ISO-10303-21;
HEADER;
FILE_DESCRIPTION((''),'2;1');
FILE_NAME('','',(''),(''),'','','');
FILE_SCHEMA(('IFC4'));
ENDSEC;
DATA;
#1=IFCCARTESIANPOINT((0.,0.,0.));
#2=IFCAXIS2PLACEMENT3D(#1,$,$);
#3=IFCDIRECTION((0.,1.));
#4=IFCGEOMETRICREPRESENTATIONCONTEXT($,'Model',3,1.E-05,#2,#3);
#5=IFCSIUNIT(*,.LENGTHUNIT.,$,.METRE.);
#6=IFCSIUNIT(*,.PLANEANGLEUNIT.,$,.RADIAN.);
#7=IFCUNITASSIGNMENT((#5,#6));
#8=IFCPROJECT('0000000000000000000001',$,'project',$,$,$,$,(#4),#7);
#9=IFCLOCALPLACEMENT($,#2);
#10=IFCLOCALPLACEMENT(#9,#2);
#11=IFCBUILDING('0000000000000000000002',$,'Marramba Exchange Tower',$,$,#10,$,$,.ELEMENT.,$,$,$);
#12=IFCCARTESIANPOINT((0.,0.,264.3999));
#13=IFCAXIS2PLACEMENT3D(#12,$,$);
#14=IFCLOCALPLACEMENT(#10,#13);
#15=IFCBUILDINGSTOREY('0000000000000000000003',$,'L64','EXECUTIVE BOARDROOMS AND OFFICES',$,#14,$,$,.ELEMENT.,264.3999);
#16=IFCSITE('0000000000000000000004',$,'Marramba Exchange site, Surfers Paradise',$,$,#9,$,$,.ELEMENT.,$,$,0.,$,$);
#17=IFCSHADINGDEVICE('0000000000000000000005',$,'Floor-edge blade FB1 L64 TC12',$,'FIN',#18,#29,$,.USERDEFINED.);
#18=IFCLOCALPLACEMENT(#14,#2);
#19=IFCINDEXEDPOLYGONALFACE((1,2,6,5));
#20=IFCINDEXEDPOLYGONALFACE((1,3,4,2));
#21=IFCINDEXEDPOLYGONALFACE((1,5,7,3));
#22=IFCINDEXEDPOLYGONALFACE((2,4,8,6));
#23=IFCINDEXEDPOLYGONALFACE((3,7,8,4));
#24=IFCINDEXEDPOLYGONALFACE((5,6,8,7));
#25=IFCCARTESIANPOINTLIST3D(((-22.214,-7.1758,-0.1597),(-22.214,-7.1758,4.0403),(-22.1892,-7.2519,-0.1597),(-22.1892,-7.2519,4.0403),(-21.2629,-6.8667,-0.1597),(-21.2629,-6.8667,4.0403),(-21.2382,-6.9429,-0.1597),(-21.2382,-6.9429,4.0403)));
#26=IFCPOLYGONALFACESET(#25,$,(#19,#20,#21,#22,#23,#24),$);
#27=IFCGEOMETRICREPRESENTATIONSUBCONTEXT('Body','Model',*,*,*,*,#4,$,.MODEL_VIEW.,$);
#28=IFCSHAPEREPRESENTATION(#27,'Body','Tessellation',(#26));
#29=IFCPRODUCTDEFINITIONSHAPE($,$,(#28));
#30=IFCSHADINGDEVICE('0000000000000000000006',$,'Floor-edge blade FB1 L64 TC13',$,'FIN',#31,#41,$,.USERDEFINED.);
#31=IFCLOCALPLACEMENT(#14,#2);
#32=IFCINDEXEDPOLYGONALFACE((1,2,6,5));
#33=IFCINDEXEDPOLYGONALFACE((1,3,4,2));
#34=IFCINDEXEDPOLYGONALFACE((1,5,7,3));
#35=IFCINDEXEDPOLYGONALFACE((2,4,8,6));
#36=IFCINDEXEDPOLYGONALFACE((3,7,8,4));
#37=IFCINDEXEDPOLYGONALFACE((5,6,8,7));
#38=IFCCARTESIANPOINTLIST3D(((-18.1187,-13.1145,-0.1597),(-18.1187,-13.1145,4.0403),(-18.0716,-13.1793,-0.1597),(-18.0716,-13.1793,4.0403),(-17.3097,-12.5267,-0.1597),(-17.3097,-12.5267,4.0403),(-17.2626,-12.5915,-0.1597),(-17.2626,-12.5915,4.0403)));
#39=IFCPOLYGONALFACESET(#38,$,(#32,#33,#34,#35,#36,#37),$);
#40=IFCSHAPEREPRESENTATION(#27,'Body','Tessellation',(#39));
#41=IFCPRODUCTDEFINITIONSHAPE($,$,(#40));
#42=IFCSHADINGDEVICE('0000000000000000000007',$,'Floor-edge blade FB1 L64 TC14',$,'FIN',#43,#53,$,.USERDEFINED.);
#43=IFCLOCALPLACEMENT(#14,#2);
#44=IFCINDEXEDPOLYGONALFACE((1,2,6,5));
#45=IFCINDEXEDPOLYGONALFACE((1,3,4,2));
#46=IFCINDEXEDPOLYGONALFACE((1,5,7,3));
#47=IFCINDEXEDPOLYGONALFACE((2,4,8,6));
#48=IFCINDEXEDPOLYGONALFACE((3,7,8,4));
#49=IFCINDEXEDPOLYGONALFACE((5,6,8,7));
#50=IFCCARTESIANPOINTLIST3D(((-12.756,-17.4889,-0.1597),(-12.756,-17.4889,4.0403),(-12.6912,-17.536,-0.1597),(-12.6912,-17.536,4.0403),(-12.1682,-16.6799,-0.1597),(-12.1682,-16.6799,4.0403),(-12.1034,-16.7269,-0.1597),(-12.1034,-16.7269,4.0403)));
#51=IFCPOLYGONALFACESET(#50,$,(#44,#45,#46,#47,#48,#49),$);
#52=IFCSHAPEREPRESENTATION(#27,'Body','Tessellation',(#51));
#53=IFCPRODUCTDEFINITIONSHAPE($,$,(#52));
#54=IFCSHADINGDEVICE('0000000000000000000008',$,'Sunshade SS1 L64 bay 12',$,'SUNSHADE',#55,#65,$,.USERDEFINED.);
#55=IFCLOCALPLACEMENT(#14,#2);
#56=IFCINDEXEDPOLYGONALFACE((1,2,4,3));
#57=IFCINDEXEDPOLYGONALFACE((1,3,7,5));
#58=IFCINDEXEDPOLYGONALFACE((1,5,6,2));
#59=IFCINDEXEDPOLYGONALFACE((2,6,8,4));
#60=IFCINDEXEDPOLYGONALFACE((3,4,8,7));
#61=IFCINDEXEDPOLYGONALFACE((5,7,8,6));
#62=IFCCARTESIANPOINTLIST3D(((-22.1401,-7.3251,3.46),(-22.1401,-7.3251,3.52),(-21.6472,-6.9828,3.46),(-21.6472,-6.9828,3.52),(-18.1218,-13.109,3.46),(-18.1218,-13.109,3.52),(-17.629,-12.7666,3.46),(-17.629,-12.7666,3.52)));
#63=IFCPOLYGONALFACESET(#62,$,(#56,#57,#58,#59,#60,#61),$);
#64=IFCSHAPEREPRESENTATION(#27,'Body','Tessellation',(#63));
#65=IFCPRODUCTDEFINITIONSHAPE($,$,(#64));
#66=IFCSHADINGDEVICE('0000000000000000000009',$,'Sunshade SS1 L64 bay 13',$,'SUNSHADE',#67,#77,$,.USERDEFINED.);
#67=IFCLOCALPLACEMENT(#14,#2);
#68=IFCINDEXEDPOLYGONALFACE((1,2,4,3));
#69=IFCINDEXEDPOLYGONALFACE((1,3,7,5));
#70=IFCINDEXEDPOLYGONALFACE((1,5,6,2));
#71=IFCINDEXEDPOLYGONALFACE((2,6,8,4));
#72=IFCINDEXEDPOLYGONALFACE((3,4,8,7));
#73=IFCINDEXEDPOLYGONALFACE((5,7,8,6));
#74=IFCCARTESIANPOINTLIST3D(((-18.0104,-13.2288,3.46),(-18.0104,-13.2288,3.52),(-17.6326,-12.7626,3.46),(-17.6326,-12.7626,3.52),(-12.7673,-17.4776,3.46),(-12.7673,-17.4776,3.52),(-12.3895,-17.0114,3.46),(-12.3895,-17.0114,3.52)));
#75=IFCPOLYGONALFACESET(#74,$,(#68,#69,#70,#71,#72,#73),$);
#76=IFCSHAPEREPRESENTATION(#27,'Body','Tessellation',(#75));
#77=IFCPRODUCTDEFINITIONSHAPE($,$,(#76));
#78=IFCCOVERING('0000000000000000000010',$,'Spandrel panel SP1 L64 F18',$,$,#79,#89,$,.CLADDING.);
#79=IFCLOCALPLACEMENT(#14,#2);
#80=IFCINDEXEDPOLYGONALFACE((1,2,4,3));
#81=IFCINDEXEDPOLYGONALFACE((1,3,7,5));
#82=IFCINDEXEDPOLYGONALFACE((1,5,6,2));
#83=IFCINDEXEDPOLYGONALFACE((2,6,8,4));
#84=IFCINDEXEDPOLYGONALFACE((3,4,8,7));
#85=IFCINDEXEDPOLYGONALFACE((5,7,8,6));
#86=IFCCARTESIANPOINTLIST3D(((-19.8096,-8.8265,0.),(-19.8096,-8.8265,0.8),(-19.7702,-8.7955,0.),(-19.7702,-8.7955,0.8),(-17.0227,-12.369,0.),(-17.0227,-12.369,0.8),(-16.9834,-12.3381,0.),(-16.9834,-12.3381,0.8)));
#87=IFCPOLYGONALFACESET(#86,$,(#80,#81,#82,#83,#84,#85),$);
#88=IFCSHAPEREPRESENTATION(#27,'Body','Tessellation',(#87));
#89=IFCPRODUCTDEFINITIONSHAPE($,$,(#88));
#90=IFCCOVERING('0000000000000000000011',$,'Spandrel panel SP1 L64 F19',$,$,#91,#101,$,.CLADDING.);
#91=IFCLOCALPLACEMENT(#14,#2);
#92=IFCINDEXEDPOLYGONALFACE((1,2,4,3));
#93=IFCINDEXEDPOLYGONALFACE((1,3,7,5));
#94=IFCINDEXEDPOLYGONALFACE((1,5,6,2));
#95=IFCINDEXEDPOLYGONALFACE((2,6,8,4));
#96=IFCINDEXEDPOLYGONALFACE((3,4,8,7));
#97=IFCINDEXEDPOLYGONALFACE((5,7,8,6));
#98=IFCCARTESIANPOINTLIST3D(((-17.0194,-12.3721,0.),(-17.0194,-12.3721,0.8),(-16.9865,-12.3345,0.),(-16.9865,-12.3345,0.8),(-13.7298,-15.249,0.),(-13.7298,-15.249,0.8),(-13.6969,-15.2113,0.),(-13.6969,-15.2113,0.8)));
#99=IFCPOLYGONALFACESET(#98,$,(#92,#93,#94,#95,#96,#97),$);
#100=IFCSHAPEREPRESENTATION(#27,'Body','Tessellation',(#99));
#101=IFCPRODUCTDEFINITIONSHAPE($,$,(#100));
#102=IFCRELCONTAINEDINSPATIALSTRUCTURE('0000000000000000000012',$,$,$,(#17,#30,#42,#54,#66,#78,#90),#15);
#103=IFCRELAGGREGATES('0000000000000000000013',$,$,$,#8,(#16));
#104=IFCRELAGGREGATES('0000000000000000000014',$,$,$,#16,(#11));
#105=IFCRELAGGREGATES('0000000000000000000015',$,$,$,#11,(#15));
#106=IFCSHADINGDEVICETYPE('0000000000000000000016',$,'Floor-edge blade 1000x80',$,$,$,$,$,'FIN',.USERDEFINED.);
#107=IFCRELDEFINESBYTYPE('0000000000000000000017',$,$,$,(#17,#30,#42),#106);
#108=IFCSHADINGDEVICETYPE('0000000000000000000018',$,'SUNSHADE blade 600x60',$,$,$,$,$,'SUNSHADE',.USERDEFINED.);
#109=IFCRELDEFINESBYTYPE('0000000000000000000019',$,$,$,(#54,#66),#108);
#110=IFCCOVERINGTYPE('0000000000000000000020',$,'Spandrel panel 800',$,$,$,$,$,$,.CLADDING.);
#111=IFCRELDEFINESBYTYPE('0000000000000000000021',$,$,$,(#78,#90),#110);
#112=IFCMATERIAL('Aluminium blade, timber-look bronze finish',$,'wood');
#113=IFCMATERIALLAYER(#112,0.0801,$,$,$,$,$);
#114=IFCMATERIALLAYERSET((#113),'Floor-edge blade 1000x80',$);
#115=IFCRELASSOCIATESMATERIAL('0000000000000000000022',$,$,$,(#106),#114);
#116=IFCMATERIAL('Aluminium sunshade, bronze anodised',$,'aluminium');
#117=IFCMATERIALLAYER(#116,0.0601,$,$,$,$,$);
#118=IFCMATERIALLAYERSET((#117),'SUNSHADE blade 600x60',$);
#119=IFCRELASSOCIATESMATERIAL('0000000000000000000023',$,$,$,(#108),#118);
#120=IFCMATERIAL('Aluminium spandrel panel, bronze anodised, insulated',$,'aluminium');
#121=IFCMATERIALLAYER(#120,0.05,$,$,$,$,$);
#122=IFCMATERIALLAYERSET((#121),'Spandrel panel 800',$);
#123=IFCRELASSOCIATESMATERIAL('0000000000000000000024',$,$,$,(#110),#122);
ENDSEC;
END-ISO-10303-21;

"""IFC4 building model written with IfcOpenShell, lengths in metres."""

from ifc_helpers import new_model, si_unit, direction, frame, origin, origin_2d, place, context, subcontext, project, spatial, rectangle, extrude, material, layer, layer_set, type_object, element, save


model = new_model("IFC4")

# Units and contexts
model_context = context("Model", 3, precision=1e-05, world=origin(), true_north=direction((0.0, 1.0)))
body_context = subcontext(model_context, "Body", "Model", "MODEL_VIEW")
ifc_project = project(units=[si_unit("LENGTHUNIT", "METRE"), si_unit("PLANEANGLEUNIT", "RADIAN")], contexts=[model_context])

# Site, building, storey
site_placement = place(None, origin())
site = spatial("IfcSite", under=ifc_project, at=site_placement, Name="Marramba Exchange site, Surfers Paradise", CompositionType="ELEMENT", RefElevation=0.0)
building_placement = place(site_placement, origin())
building = spatial("IfcBuilding", under=site, at=building_placement, Name="Marramba Exchange Tower", CompositionType="ELEMENT")
storey_placement = place(building_placement, frame((0.0, 0.0, 264.3999)))
storey = spatial("IfcBuildingStorey", under=building, at=storey_placement, Name="L64", Description="EXECUTIVE BOARDROOMS AND OFFICES", CompositionType="ELEMENT", Elevation=264.3999)

# Shading devices
ifc_material_1 = material(Name="Aluminium blade, timber-look bronze finish", Category="wood")
ifc_layer_1 = layer(ifc_material_1, 0.0801)
ifc_layer_set_1 = layer_set([ifc_layer_1], Name="Floor-edge blade 1000x80")
shading_device_type_1 = type_object("IfcShadingDeviceType", Name="Floor-edge blade 1000x80", ElementType="FIN", PredefinedType="USERDEFINED", material=ifc_layer_set_1)
for number, where, z_axis, x_axis, name in (
    (1, (-21.7261, -7.0593, -0.1597), (0.0, 0.0, 1.0), (-0.951057, -0.309017, 0.0), "Floor-edge blade FB1 L64 TC12"),
    (2, (-17.6907, -12.853, -0.1597), (0.0, 0.0, 1.0), (-0.809017, -0.587785, 0.0), "Floor-edge blade FB1 L64 TC13"),
    (3, (-12.4297, -17.1079, -0.1597), (0.0, 0.0, 1.0), (-0.587785, -0.809017, 0.0), "Floor-edge blade FB1 L64 TC14"),
):
    element("IfcShadingDevice", number, at=place(storey_placement, frame(where, z_axis=z_axis, x_axis=x_axis)), inside=storey, type_object=shading_device_type_1, Name=name, ObjectType="FIN", PredefinedType="USERDEFINED", context=body_context, shape_type="SweptSolid", body=[
        extrude(rectangle(XDim=1.0, YDim=0.0801, at=origin_2d()), origin(), (0.0, 0.0, 1.0), 4.2),
    ])
ifc_material_2 = material(Name="Aluminium sunshade, bronze anodised", Category="aluminium")
ifc_layer_2 = layer(ifc_material_2, 0.0601)
ifc_layer_set_2 = layer_set([ifc_layer_2], Name="SUNSHADE blade 600x60")
shading_device_type_2 = type_object("IfcShadingDeviceType", Name="SUNSHADE blade 600x60", ElementType="SUNSHADE", PredefinedType="USERDEFINED", material=ifc_layer_set_2)
shading_device_1_placement = place(storey_placement, frame((-19.8845, -10.0459, 3.46), z_axis=(0.0, 0.0, 1.0), x_axis=(0.570558, -0.821257, 0.0)))
element("IfcShadingDevice", 4, at=shading_device_1_placement, inside=storey, type_object=shading_device_type_2, Name="Sunshade SS1 L64 bay 12", ObjectType="SUNSHADE", PredefinedType="USERDEFINED", context=body_context, shape_type="SweptSolid", body=[
    extrude(rectangle(XDim=7.0427, YDim=0.6001, at=origin_2d()), origin(), (0.0, 0.0, 1.0), 0.0601),
])
shading_device_2_placement = place(storey_placement, frame((-15.2, -15.1201, 3.46), z_axis=(0.0, 0.0, 1.0), x_axis=(0.776928, -0.62959, 0.0)))
element("IfcShadingDevice", 5, at=shading_device_2_placement, inside=storey, type_object=shading_device_type_2, Name="Sunshade SS1 L64 bay 13", ObjectType="SUNSHADE", PredefinedType="USERDEFINED", context=body_context, shape_type="SweptSolid", body=[
    extrude(rectangle(XDim=6.7485, YDim=0.6001, at=origin_2d()), origin(), (0.0, 0.0, 1.0), 0.0601),
])

# Coverings
ifc_material_3 = material(Name="Aluminium spandrel panel, bronze anodised, insulated", Category="aluminium")
ifc_layer_3 = layer(ifc_material_3, 0.05)
ifc_layer_set_3 = layer_set([ifc_layer_3], Name="Spandrel panel 800")
covering_type = type_object("IfcCoveringType", Name="Spandrel panel 800", PredefinedType="CLADDING", material=ifc_layer_set_3)
covering_1_placement = place(storey_placement, frame((-18.3965, -10.5823, 0.0), z_axis=(0.0, 0.0, 1.0), x_axis=(0.618291, -0.78595, 0.0)))
element("IfcCovering", 6, at=covering_1_placement, inside=storey, type_object=covering_type, Name="Spandrel panel SP1 L64 F18", PredefinedType="CLADDING", context=body_context, shape_type="SweptSolid", body=[
    extrude(rectangle(XDim=4.5073, YDim=0.05, at=origin_2d()), origin(), (0.0, 0.0, 1.0), 0.8),
])
covering_2_placement = place(storey_placement, frame((-15.3582, -13.7917, 0.0), z_axis=(0.0, 0.0, 1.0), x_axis=(0.752751, -0.658305, 0.0)))
element("IfcCovering", 7, at=covering_2_placement, inside=storey, type_object=covering_type, Name="Spandrel panel SP1 L64 F19", PredefinedType="CLADDING", context=body_context, shape_type="SweptSolid", body=[
    extrude(rectangle(XDim=4.3701, YDim=0.05, at=origin_2d()), origin(), (0.0, 0.0, 1.0), 0.8),
])

save(model, "model.ifc")
